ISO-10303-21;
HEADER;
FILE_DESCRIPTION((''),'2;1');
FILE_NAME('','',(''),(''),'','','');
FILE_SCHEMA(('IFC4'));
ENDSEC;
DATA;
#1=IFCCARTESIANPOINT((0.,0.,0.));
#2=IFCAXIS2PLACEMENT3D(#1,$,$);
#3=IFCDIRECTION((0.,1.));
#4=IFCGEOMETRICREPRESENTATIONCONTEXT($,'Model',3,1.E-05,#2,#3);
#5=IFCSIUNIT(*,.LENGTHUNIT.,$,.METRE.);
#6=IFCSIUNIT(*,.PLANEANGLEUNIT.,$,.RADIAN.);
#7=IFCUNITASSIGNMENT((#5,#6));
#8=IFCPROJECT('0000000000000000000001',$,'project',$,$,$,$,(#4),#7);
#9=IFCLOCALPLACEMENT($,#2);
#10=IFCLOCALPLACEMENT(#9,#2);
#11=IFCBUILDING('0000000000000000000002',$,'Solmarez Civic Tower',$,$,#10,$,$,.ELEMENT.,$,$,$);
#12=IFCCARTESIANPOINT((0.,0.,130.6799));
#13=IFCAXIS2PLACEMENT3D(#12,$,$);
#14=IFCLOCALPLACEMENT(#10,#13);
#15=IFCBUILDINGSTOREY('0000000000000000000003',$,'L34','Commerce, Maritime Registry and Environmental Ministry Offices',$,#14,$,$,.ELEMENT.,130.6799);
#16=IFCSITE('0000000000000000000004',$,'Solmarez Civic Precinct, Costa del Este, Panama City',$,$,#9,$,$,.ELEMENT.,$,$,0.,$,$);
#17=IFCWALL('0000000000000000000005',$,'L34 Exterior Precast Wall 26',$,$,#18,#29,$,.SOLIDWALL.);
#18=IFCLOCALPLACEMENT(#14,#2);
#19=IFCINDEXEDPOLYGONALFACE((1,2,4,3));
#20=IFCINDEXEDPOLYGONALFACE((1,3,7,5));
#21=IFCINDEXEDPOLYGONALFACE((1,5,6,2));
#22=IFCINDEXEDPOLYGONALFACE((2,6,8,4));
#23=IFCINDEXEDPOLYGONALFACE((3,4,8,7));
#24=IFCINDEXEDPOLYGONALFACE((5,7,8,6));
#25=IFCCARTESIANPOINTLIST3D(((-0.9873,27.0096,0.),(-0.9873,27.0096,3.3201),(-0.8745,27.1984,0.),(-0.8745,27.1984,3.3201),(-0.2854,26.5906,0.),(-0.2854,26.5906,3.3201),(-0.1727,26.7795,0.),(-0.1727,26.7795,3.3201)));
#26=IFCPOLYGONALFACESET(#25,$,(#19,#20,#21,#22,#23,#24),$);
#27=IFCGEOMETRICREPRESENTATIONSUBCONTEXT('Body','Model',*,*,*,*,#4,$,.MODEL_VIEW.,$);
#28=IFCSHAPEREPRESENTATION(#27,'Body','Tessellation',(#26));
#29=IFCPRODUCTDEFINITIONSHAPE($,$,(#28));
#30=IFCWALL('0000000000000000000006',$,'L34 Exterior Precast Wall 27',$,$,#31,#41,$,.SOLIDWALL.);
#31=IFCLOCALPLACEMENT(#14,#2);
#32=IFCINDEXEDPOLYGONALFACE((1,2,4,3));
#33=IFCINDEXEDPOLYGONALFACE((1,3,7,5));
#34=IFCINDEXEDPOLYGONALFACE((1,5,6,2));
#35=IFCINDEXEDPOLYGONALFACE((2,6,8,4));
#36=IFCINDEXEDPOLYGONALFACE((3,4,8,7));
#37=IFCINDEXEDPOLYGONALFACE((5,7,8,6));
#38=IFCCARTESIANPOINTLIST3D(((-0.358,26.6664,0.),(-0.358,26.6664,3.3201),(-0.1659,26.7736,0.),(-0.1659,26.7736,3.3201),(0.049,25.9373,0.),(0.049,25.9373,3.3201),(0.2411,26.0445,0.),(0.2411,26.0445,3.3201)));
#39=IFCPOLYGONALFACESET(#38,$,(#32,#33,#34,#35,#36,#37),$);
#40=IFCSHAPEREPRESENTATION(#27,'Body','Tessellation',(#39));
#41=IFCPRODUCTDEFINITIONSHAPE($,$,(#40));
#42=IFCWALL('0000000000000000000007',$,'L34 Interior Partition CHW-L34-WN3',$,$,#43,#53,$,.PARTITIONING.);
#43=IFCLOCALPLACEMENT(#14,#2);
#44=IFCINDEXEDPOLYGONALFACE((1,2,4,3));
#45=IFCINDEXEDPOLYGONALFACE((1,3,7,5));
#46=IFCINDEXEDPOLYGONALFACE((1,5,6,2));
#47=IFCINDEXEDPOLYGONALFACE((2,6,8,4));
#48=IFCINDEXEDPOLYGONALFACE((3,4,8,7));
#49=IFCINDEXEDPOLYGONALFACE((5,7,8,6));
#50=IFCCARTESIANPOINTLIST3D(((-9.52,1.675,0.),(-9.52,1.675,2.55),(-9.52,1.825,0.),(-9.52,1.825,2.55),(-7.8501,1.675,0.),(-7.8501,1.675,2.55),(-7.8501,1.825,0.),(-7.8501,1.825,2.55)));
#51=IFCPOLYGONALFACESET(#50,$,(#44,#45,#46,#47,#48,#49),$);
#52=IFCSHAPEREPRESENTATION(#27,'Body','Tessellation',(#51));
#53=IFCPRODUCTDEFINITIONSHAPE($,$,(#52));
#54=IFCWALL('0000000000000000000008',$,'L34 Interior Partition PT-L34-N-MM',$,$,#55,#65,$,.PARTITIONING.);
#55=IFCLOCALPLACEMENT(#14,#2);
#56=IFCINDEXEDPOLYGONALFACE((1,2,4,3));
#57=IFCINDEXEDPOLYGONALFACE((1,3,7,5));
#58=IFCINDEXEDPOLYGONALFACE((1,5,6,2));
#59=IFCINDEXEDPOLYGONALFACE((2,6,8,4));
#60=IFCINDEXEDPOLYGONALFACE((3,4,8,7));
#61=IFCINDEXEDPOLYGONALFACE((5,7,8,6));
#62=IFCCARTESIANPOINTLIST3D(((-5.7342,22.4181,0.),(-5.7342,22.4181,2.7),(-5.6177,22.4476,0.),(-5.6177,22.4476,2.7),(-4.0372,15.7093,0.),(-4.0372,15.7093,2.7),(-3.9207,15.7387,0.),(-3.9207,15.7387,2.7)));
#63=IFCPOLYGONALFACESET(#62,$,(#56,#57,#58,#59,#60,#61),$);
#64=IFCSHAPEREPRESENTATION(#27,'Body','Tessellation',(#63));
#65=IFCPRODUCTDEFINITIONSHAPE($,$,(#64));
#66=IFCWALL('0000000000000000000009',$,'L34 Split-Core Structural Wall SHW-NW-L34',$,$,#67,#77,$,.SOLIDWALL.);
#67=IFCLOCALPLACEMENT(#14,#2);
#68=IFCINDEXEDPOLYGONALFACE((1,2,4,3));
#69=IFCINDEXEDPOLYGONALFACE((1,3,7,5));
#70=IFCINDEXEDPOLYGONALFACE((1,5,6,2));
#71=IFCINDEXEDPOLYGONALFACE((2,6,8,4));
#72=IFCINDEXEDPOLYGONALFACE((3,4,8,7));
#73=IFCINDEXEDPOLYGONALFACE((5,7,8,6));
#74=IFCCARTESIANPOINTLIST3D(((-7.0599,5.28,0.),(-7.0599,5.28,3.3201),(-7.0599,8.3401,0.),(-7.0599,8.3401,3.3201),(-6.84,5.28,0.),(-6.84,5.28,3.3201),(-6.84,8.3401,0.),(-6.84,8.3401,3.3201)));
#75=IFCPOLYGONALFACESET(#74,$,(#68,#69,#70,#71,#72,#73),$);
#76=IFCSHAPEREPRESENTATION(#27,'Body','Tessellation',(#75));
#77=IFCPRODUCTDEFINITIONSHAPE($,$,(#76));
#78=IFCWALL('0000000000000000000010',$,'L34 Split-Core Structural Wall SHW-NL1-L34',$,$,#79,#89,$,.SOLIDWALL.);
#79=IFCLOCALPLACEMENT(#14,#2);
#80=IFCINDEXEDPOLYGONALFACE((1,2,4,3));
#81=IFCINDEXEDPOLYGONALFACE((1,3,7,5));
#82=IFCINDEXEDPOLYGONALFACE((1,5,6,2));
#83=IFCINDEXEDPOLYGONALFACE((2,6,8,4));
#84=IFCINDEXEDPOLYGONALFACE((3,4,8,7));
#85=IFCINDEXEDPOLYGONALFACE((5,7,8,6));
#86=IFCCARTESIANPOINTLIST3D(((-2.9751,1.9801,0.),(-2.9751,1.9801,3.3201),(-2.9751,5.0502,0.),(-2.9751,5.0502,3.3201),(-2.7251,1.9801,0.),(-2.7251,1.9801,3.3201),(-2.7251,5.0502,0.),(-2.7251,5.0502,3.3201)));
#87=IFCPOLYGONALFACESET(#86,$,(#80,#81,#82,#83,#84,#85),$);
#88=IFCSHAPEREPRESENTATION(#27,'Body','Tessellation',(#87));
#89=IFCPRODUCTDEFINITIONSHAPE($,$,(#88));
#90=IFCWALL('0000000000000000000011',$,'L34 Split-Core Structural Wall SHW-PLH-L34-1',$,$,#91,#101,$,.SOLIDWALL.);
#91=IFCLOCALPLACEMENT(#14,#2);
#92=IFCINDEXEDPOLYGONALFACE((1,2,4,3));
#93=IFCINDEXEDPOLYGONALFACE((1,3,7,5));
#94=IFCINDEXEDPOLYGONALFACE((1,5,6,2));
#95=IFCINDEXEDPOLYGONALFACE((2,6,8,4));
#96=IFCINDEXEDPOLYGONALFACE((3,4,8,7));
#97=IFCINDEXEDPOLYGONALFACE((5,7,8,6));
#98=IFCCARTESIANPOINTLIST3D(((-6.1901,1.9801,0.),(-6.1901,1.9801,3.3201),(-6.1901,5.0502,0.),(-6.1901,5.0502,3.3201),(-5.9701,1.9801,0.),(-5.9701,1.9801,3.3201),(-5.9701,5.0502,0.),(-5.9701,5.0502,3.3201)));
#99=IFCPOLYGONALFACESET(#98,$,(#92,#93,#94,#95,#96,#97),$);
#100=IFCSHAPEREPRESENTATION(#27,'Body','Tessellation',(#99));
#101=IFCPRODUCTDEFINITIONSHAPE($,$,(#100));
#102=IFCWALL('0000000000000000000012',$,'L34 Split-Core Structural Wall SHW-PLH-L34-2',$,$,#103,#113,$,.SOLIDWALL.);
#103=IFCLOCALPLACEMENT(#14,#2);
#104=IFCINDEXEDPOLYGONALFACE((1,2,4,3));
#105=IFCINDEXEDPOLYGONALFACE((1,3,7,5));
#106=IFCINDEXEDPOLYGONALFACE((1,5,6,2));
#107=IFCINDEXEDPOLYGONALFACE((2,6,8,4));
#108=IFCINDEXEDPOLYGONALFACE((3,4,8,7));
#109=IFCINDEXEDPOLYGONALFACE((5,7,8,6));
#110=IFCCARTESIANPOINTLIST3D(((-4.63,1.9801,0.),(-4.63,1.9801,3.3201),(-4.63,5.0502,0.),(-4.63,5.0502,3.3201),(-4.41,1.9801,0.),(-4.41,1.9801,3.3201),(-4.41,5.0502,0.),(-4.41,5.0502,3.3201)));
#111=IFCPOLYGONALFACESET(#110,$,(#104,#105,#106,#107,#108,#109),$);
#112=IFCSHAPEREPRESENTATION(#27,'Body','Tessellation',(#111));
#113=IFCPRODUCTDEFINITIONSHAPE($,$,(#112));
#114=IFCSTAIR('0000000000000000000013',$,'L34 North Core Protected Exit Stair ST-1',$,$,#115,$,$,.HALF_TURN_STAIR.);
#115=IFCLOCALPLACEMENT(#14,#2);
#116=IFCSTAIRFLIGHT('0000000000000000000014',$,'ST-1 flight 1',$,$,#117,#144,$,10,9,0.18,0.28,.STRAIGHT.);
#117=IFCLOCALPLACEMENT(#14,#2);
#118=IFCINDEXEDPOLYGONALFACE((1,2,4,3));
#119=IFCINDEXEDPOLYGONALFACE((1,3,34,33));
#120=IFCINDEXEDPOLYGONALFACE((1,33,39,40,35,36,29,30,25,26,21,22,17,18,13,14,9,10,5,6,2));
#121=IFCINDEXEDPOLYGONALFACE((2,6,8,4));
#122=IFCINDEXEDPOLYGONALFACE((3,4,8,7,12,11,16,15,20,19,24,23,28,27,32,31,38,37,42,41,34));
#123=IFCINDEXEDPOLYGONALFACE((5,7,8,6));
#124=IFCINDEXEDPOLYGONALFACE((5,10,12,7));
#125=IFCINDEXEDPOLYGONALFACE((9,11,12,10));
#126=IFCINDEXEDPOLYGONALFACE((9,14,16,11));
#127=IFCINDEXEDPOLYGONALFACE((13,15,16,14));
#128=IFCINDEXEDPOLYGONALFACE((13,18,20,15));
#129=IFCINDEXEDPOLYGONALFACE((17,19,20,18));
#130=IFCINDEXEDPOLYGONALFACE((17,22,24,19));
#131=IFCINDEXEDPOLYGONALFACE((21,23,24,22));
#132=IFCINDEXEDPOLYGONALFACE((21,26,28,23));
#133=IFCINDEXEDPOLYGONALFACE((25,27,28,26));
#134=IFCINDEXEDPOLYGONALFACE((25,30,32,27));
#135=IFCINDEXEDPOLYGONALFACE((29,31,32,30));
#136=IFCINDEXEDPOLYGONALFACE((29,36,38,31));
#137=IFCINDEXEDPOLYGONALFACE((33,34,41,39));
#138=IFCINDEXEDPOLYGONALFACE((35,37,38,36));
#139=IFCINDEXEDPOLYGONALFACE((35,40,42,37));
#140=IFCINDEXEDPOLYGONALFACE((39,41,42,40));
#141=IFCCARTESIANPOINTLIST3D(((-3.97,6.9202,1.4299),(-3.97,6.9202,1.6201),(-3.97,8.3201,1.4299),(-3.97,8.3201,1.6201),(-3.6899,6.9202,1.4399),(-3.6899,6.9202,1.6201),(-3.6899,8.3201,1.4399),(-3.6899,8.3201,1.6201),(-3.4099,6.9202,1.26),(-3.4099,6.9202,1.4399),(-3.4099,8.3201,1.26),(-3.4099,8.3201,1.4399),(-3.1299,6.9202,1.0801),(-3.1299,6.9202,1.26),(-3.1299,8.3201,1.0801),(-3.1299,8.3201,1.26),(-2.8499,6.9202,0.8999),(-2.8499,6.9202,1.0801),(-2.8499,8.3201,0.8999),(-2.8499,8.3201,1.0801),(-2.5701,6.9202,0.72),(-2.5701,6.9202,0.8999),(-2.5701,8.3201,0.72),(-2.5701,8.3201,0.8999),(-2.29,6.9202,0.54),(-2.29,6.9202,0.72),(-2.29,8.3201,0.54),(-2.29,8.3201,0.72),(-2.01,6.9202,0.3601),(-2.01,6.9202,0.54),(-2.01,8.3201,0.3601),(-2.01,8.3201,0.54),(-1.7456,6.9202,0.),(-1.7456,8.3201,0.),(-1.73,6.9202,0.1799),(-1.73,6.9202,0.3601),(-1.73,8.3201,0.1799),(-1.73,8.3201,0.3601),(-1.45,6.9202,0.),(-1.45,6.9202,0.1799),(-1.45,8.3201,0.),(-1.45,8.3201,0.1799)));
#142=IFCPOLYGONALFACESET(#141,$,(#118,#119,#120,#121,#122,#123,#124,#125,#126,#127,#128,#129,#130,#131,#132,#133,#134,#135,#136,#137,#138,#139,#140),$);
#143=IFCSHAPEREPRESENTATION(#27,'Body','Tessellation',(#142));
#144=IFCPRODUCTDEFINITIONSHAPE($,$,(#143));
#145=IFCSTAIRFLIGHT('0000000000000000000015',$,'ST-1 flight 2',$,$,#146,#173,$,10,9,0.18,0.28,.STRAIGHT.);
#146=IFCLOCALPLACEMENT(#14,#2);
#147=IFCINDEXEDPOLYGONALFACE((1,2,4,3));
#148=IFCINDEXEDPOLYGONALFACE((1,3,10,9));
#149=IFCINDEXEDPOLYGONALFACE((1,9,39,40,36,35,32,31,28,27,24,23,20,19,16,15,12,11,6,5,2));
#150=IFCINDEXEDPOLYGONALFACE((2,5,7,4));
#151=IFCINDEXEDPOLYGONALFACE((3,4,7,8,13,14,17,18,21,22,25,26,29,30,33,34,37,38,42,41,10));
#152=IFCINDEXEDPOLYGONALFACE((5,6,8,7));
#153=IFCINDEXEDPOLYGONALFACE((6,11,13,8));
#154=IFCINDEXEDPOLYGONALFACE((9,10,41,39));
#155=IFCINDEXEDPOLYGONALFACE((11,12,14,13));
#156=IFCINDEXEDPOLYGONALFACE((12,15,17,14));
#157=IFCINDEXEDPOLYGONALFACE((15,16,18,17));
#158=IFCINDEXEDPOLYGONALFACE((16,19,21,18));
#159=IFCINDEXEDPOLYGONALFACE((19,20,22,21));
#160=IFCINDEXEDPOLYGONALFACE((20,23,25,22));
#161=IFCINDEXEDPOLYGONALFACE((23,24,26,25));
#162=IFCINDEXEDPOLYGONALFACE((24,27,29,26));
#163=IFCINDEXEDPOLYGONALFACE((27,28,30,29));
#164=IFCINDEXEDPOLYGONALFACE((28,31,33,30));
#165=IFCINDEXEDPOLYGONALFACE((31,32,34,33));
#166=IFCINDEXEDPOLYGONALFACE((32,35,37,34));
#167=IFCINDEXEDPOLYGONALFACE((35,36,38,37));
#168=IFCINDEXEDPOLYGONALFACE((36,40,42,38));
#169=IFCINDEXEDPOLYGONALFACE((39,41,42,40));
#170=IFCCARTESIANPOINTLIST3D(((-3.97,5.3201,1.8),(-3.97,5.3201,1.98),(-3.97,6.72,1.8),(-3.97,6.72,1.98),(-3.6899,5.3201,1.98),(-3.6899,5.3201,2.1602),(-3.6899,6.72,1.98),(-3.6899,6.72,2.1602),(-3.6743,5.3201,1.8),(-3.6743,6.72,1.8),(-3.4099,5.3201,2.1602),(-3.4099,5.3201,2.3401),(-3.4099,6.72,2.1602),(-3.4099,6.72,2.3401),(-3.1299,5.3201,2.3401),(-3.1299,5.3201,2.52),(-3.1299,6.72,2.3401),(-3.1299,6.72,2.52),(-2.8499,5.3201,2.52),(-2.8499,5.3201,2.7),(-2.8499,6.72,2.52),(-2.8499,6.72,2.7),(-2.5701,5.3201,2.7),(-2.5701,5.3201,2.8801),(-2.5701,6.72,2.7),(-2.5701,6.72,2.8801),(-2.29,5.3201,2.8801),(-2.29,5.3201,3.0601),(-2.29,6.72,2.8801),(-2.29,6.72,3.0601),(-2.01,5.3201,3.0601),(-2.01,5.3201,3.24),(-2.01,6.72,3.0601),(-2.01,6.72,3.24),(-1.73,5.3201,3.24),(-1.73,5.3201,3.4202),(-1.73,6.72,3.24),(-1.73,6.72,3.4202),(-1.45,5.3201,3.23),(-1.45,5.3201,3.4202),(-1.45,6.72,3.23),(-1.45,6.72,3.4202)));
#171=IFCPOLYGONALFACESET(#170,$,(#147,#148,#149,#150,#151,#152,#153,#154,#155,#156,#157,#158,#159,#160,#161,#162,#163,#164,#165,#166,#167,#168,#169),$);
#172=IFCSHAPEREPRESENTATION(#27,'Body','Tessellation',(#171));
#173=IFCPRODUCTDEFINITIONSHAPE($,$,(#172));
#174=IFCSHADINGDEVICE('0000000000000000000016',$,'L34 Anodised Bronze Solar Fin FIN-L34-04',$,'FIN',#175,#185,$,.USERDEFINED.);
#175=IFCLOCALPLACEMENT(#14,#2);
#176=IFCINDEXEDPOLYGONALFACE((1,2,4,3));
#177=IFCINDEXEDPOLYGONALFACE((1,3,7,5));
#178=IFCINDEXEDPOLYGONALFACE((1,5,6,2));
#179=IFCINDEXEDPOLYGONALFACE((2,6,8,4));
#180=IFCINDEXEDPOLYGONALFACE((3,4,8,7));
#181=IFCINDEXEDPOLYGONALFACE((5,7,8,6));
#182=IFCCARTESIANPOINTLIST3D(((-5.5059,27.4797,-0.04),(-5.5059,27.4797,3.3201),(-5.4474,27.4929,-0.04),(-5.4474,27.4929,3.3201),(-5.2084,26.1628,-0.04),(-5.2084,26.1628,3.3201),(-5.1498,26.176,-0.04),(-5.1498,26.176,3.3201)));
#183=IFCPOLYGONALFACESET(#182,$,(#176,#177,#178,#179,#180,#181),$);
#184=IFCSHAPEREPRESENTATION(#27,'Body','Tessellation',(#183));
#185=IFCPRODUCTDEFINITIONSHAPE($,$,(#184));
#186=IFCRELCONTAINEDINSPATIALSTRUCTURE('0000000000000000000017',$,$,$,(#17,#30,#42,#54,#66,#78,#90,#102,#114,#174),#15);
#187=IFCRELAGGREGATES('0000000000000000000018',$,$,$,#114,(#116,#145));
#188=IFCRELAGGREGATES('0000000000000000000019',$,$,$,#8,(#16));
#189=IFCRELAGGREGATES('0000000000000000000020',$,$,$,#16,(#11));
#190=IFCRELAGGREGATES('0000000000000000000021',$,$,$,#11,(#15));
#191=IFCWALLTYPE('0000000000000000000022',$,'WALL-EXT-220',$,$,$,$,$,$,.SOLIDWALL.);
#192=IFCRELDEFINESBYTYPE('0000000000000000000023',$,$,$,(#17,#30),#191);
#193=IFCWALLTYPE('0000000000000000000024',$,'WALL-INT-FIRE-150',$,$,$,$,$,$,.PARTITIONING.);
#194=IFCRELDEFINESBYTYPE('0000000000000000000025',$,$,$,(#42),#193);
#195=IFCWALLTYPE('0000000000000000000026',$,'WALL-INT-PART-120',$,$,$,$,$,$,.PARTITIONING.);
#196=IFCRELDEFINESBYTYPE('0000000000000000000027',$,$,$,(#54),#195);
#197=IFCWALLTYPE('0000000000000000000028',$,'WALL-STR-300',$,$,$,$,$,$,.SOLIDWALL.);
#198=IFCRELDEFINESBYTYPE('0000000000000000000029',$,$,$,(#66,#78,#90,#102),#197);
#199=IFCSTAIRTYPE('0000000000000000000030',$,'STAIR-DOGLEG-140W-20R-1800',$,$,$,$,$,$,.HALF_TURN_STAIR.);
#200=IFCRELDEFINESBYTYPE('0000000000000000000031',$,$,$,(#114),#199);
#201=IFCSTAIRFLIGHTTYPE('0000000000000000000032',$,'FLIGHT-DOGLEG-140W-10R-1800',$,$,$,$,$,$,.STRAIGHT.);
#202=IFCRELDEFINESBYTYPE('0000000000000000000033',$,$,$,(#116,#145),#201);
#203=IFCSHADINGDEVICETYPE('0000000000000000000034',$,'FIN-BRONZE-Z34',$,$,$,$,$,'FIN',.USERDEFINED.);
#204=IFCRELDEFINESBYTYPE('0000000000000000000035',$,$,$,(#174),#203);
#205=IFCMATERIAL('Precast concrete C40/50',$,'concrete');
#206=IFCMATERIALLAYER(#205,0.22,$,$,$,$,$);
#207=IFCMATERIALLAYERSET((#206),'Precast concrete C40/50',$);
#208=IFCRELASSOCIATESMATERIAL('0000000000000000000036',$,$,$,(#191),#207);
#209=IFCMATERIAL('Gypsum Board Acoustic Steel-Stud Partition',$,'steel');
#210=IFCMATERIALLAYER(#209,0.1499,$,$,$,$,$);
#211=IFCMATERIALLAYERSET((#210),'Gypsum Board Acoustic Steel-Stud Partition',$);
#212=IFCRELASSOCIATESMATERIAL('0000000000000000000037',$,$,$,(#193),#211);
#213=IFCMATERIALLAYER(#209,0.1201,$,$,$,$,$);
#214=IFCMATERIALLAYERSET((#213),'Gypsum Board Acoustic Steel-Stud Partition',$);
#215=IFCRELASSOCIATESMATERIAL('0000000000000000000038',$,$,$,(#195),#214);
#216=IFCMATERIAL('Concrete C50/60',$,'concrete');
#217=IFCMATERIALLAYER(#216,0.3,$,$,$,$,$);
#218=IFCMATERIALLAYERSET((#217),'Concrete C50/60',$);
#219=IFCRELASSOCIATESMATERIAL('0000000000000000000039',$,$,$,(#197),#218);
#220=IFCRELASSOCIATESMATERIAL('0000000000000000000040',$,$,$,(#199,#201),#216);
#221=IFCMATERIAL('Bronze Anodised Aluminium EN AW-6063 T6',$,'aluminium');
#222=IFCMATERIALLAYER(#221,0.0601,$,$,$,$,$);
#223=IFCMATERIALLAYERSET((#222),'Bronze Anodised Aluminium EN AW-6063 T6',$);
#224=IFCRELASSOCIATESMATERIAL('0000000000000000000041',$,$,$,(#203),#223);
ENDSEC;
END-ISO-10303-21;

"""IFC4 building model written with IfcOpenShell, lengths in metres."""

from ifc_helpers import new_model, si_unit, direction, frame, frame_2d, origin, origin_2d, place, context, subcontext, project, spatial, polyline, rectangle, outline, extrude, material, layer, layer_set, type_object, element, aggregate, save


model = new_model("IFC4")

# Units and contexts
model_context = context("Model", 3, precision=1e-05, world=origin(), true_north=direction((0.0, 1.0)))
body_context = subcontext(model_context, "Body", "Model", "MODEL_VIEW")
ifc_project = project(units=[si_unit("LENGTHUNIT", "METRE"), si_unit("PLANEANGLEUNIT", "RADIAN")], contexts=[model_context])

# Site, building, storey
site_placement = place(None, origin())
site = spatial("IfcSite", under=ifc_project, at=site_placement, Name="Solmarez Civic Precinct, Costa del Este, Panama City", CompositionType="ELEMENT", RefElevation=0.0)
building_placement = place(site_placement, origin())
building = spatial("IfcBuilding", under=site, at=building_placement, Name="Solmarez Civic Tower", CompositionType="ELEMENT")
storey_placement = place(building_placement, frame((0.0, 0.0, 130.6799)))
storey = spatial("IfcBuildingStorey", under=building, at=storey_placement, Name="L34", Description="Commerce, Maritime Registry and Environmental Ministry Offices", CompositionType="ELEMENT", Elevation=130.6799)

# Shared definitions
ifc_material_1 = material(Name="Concrete C50/60", Category="concrete")

# Walls
ifc_material_2 = material(Name="Precast concrete C40/50", Category="concrete")
ifc_layer_1 = layer(ifc_material_2, 0.22)
ifc_layer_set_1 = layer_set([ifc_layer_1], Name="Precast concrete C40/50")
wall_type_1 = type_object("IfcWallType", Name="WALL-EXT-220", PredefinedType="SOLIDWALL", material=ifc_layer_set_1)
wall_1_placement = place(storey_placement, frame((-0.9309, 27.104, 0.0), z_axis=(0.0, 0.0, 1.0), x_axis=(0.858677, -0.512518, 0.0)))
element("IfcWall", 1, at=wall_1_placement, inside=storey, type_object=wall_type_1, Name="L34 Exterior Precast Wall 26", PredefinedType="SOLIDWALL", context=body_context, shape_type="SweptSolid", body=[
    extrude(rectangle(XDim=0.8174, YDim=0.22, at=frame_2d((0.4087, 0.0))), origin(), (0.0, 0.0, 1.0), 3.3201),
])
wall_2_placement = place(storey_placement, frame((-0.262, 26.72, 0.0), z_axis=(0.0, 0.0, 1.0), x_axis=(0.487454, -0.873148, 0.0)))
element("IfcWall", 2, at=wall_2_placement, inside=storey, type_object=wall_type_1, Name="L34 Exterior Precast Wall 27", PredefinedType="SOLIDWALL", context=body_context, shape_type="SweptSolid", body=[
    extrude(rectangle(XDim=0.835, YDim=0.22, at=frame_2d((0.4175, 0.0))), origin(), (0.0, 0.0, 1.0), 3.3201),
])
ifc_material_3 = material(Name="Gypsum Board Acoustic Steel-Stud Partition", Category="steel")
ifc_layer_2 = layer(ifc_material_3, 0.1499)
ifc_layer_set_2 = layer_set([ifc_layer_2], Name="Gypsum Board Acoustic Steel-Stud Partition")
wall_type_2 = type_object("IfcWallType", Name="WALL-INT-FIRE-150", PredefinedType="PARTITIONING", material=ifc_layer_set_2)
wall_3_placement = place(storey_placement, frame((-7.8501, 1.75, 0.0), z_axis=(0.0, 0.0, 1.0), x_axis=(-1.0, 0.0, 0.0)))
element("IfcWall", 3, at=wall_3_placement, inside=storey, type_object=wall_type_2, Name="L34 Interior Partition CHW-L34-WN3", PredefinedType="PARTITIONING", context=body_context, shape_type="SweptSolid", body=[
    extrude(rectangle(XDim=1.6699, YDim=0.1499, at=frame_2d((0.835, 0.0))), origin(), (0.0, 0.0, 1.0), 2.55),
])
ifc_layer_3 = layer(ifc_material_3, 0.1201)
ifc_layer_set_3 = layer_set([ifc_layer_3], Name="Gypsum Board Acoustic Steel-Stud Partition")
wall_type_3 = type_object("IfcWallType", Name="WALL-INT-PART-120", PredefinedType="PARTITIONING", material=ifc_layer_set_3)
wall_4_placement = place(storey_placement, frame((-3.979, 15.7241, 0.0), z_axis=(0.0, 0.0, 1.0), x_axis=(-0.245224, 0.969466, 0.0)))
element("IfcWall", 4, at=wall_4_placement, inside=storey, type_object=wall_type_3, Name="L34 Interior Partition PT-L34-N-MM", PredefinedType="PARTITIONING", context=body_context, shape_type="SweptSolid", body=[
    extrude(rectangle(XDim=6.9202, YDim=0.1201, at=frame_2d((3.46, 0.0))), origin(), (0.0, 0.0, 1.0), 2.7),
])
ifc_layer_4 = layer(ifc_material_1, 0.3)
ifc_layer_set_4 = layer_set([ifc_layer_4], Name="Concrete C50/60")
wall_type_4 = type_object("IfcWallType", Name="WALL-STR-300", PredefinedType="SOLIDWALL", material=ifc_layer_set_4)
wall_5_placement = place(storey_placement, frame((-6.95, 5.28, 0.0), z_axis=(0.0, 0.0, 1.0), x_axis=(0.0, 1.0, 0.0)))
element("IfcWall", 5, at=wall_5_placement, inside=storey, type_object=wall_type_4, Name="L34 Split-Core Structural Wall SHW-NW-L34", PredefinedType="SOLIDWALL", context=body_context, shape_type="SweptSolid", body=[
    extrude(rectangle(XDim=3.0601, YDim=0.22, at=frame_2d((1.53, 0.0))), origin(), (0.0, 0.0, 1.0), 3.3201),
])
wall_6_placement = place(storey_placement, frame((-2.8501, 1.98, 0.0), z_axis=(0.0, 0.0, 1.0), x_axis=(0.0, 1.0, 0.0)))
element("IfcWall", 6, at=wall_6_placement, inside=storey, type_object=wall_type_4, Name="L34 Split-Core Structural Wall SHW-NL1-L34", PredefinedType="SOLIDWALL", context=body_context, shape_type="SweptSolid", body=[
    extrude(rectangle(XDim=3.0701, YDim=0.25, at=frame_2d((1.5352, 0.0))), origin(), (0.0, 0.0, 1.0), 3.3201),
])
for number, where, z_axis, x_axis, name in (
    (7, (-6.0801, 1.98, 0.0), (0.0, 0.0, 1.0), (0.0, 1.0, 0.0), "L34 Split-Core Structural Wall SHW-PLH-L34-1"),
    (8, (-4.52, 1.98, 0.0), (0.0, 0.0, 1.0), (0.0, 1.0, 0.0), "L34 Split-Core Structural Wall SHW-PLH-L34-2"),
):
    element("IfcWall", number, at=place(storey_placement, frame(where, z_axis=z_axis, x_axis=x_axis)), inside=storey, type_object=wall_type_4, Name=name, PredefinedType="SOLIDWALL", context=body_context, shape_type="SweptSolid", body=[
        extrude(rectangle(XDim=3.0701, YDim=0.22, at=frame_2d((1.5352, 0.0))), origin(), (0.0, 0.0, 1.0), 3.3201),
    ])

# Stair, stair flights
stair_type = type_object("IfcStairType", Name="STAIR-DOGLEG-140W-20R-1800", PredefinedType="HALF_TURN_STAIR", material=ifc_material_1)
stair_placement = place(storey_placement, origin())
stair = element("IfcStair", 9, at=stair_placement, inside=storey, type_object=stair_type, Name="L34 North Core Protected Exit Stair ST-1", PredefinedType="HALF_TURN_STAIR")
stair_flight_type = type_object("IfcStairFlightType", Name="FLIGHT-DOGLEG-140W-10R-1800", PredefinedType="STRAIGHT", material=ifc_material_1)
stair_flight_1_placement = place(storey_placement, frame((-1.45, 7.6201, 0.0), z_axis=(0.0, 0.0, 1.0), x_axis=(-1.0, 0.0, 0.0)))
stair_flight_1 = element("IfcStairFlight", 10, at=stair_flight_1_placement, type_object=stair_flight_type, Name="ST-1 flight 1", NumberOfRisers=10, NumberOfTreads=9, PredefinedType="STRAIGHT", RiserHeight=0.18, TreadLength=0.28, context=body_context, shape_type="SweptSolid", body=[
    extrude(outline(polyline([(0.0, 0.0), (0.0, 0.1799), (0.28, 0.1799), (0.28, 0.3601), (0.5601, 0.3601), (0.5601, 0.54), (0.8401, 0.54), (0.8401, 0.72), (1.1201, 0.72), (1.1201, 0.8999), (1.3999, 0.8999), (1.3999, 1.0801), (1.6799, 1.0801), (1.6799, 1.26), (1.96, 1.26), (1.96, 1.4399), (2.24, 1.4399), (2.24, 1.6201), (2.52, 1.6201), (2.52, 1.8), (2.52, 1.4299), (0.2957, 0.0), (0.0, 0.0)])), frame((0.0, 0.7, 0.0), z_axis=(0.0, -1.0, 0.0), x_axis=(1.0, 0.0, 0.0)), (0.0, 0.0, 1.0), 1.3999),
])
stair_flight_2_placement = place(storey_placement, frame((-3.97, 6.02, 1.8), z_axis=(0.0, 0.0, 1.0), x_axis=(1.0, 0.0, 0.0)))
stair_flight_2 = element("IfcStairFlight", 11, at=stair_flight_2_placement, type_object=stair_flight_type, Name="ST-1 flight 2", NumberOfRisers=10, NumberOfTreads=9, PredefinedType="STRAIGHT", RiserHeight=0.18, TreadLength=0.28, context=body_context, shape_type="SweptSolid", body=[
    extrude(outline(polyline([(0.0, 0.0), (0.0, 0.1799), (0.28, 0.1799), (0.28, 0.3601), (0.5601, 0.3601), (0.5601, 0.54), (0.8401, 0.54), (0.8401, 0.72), (1.1201, 0.72), (1.1201, 0.8999), (1.3999, 0.8999), (1.3999, 1.0801), (1.6799, 1.0801), (1.6799, 1.26), (1.96, 1.26), (1.96, 1.4399), (2.24, 1.4399), (2.24, 1.6201), (2.52, 1.6201), (2.52, 1.8), (2.52, 1.4299), (0.2957, 0.0), (0.0, 0.0)])), frame((0.0, 0.7, 0.0), z_axis=(0.0, -1.0, 0.0), x_axis=(1.0, 0.0, 0.0)), (0.0, 0.0, 1.0), 1.3999),
])
aggregate(stair, [stair_flight_1, stair_flight_2])

# Shading device
ifc_material_4 = material(Name="Bronze Anodised Aluminium EN AW-6063 T6", Category="aluminium")
ifc_layer_5 = layer(ifc_material_4, 0.0601)
ifc_layer_set_5 = layer_set([ifc_layer_5], Name="Bronze Anodised Aluminium EN AW-6063 T6")
shading_device_type = type_object("IfcShadingDeviceType", Name="FIN-BRONZE-Z34", ElementType="FIN", PredefinedType="USERDEFINED", material=ifc_layer_set_5)
shading_device_placement = place(storey_placement, frame((-5.3279, 26.8279, -0.04), z_axis=(0.0, 0.0, 1.0), x_axis=(-0.220391, 0.975412, 0.0)))
element("IfcShadingDevice", 12, at=shading_device_placement, inside=storey, type_object=shading_device_type, Name="L34 Anodised Bronze Solar Fin FIN-L34-04", ObjectType="FIN", PredefinedType="USERDEFINED", context=body_context, shape_type="SweptSolid", body=[
    extrude(rectangle(XDim=1.3501, YDim=0.0601, at=origin_2d()), origin(), (0.0, 0.0, 1.0), 3.3601),
])

save(model, "model.ifc")
